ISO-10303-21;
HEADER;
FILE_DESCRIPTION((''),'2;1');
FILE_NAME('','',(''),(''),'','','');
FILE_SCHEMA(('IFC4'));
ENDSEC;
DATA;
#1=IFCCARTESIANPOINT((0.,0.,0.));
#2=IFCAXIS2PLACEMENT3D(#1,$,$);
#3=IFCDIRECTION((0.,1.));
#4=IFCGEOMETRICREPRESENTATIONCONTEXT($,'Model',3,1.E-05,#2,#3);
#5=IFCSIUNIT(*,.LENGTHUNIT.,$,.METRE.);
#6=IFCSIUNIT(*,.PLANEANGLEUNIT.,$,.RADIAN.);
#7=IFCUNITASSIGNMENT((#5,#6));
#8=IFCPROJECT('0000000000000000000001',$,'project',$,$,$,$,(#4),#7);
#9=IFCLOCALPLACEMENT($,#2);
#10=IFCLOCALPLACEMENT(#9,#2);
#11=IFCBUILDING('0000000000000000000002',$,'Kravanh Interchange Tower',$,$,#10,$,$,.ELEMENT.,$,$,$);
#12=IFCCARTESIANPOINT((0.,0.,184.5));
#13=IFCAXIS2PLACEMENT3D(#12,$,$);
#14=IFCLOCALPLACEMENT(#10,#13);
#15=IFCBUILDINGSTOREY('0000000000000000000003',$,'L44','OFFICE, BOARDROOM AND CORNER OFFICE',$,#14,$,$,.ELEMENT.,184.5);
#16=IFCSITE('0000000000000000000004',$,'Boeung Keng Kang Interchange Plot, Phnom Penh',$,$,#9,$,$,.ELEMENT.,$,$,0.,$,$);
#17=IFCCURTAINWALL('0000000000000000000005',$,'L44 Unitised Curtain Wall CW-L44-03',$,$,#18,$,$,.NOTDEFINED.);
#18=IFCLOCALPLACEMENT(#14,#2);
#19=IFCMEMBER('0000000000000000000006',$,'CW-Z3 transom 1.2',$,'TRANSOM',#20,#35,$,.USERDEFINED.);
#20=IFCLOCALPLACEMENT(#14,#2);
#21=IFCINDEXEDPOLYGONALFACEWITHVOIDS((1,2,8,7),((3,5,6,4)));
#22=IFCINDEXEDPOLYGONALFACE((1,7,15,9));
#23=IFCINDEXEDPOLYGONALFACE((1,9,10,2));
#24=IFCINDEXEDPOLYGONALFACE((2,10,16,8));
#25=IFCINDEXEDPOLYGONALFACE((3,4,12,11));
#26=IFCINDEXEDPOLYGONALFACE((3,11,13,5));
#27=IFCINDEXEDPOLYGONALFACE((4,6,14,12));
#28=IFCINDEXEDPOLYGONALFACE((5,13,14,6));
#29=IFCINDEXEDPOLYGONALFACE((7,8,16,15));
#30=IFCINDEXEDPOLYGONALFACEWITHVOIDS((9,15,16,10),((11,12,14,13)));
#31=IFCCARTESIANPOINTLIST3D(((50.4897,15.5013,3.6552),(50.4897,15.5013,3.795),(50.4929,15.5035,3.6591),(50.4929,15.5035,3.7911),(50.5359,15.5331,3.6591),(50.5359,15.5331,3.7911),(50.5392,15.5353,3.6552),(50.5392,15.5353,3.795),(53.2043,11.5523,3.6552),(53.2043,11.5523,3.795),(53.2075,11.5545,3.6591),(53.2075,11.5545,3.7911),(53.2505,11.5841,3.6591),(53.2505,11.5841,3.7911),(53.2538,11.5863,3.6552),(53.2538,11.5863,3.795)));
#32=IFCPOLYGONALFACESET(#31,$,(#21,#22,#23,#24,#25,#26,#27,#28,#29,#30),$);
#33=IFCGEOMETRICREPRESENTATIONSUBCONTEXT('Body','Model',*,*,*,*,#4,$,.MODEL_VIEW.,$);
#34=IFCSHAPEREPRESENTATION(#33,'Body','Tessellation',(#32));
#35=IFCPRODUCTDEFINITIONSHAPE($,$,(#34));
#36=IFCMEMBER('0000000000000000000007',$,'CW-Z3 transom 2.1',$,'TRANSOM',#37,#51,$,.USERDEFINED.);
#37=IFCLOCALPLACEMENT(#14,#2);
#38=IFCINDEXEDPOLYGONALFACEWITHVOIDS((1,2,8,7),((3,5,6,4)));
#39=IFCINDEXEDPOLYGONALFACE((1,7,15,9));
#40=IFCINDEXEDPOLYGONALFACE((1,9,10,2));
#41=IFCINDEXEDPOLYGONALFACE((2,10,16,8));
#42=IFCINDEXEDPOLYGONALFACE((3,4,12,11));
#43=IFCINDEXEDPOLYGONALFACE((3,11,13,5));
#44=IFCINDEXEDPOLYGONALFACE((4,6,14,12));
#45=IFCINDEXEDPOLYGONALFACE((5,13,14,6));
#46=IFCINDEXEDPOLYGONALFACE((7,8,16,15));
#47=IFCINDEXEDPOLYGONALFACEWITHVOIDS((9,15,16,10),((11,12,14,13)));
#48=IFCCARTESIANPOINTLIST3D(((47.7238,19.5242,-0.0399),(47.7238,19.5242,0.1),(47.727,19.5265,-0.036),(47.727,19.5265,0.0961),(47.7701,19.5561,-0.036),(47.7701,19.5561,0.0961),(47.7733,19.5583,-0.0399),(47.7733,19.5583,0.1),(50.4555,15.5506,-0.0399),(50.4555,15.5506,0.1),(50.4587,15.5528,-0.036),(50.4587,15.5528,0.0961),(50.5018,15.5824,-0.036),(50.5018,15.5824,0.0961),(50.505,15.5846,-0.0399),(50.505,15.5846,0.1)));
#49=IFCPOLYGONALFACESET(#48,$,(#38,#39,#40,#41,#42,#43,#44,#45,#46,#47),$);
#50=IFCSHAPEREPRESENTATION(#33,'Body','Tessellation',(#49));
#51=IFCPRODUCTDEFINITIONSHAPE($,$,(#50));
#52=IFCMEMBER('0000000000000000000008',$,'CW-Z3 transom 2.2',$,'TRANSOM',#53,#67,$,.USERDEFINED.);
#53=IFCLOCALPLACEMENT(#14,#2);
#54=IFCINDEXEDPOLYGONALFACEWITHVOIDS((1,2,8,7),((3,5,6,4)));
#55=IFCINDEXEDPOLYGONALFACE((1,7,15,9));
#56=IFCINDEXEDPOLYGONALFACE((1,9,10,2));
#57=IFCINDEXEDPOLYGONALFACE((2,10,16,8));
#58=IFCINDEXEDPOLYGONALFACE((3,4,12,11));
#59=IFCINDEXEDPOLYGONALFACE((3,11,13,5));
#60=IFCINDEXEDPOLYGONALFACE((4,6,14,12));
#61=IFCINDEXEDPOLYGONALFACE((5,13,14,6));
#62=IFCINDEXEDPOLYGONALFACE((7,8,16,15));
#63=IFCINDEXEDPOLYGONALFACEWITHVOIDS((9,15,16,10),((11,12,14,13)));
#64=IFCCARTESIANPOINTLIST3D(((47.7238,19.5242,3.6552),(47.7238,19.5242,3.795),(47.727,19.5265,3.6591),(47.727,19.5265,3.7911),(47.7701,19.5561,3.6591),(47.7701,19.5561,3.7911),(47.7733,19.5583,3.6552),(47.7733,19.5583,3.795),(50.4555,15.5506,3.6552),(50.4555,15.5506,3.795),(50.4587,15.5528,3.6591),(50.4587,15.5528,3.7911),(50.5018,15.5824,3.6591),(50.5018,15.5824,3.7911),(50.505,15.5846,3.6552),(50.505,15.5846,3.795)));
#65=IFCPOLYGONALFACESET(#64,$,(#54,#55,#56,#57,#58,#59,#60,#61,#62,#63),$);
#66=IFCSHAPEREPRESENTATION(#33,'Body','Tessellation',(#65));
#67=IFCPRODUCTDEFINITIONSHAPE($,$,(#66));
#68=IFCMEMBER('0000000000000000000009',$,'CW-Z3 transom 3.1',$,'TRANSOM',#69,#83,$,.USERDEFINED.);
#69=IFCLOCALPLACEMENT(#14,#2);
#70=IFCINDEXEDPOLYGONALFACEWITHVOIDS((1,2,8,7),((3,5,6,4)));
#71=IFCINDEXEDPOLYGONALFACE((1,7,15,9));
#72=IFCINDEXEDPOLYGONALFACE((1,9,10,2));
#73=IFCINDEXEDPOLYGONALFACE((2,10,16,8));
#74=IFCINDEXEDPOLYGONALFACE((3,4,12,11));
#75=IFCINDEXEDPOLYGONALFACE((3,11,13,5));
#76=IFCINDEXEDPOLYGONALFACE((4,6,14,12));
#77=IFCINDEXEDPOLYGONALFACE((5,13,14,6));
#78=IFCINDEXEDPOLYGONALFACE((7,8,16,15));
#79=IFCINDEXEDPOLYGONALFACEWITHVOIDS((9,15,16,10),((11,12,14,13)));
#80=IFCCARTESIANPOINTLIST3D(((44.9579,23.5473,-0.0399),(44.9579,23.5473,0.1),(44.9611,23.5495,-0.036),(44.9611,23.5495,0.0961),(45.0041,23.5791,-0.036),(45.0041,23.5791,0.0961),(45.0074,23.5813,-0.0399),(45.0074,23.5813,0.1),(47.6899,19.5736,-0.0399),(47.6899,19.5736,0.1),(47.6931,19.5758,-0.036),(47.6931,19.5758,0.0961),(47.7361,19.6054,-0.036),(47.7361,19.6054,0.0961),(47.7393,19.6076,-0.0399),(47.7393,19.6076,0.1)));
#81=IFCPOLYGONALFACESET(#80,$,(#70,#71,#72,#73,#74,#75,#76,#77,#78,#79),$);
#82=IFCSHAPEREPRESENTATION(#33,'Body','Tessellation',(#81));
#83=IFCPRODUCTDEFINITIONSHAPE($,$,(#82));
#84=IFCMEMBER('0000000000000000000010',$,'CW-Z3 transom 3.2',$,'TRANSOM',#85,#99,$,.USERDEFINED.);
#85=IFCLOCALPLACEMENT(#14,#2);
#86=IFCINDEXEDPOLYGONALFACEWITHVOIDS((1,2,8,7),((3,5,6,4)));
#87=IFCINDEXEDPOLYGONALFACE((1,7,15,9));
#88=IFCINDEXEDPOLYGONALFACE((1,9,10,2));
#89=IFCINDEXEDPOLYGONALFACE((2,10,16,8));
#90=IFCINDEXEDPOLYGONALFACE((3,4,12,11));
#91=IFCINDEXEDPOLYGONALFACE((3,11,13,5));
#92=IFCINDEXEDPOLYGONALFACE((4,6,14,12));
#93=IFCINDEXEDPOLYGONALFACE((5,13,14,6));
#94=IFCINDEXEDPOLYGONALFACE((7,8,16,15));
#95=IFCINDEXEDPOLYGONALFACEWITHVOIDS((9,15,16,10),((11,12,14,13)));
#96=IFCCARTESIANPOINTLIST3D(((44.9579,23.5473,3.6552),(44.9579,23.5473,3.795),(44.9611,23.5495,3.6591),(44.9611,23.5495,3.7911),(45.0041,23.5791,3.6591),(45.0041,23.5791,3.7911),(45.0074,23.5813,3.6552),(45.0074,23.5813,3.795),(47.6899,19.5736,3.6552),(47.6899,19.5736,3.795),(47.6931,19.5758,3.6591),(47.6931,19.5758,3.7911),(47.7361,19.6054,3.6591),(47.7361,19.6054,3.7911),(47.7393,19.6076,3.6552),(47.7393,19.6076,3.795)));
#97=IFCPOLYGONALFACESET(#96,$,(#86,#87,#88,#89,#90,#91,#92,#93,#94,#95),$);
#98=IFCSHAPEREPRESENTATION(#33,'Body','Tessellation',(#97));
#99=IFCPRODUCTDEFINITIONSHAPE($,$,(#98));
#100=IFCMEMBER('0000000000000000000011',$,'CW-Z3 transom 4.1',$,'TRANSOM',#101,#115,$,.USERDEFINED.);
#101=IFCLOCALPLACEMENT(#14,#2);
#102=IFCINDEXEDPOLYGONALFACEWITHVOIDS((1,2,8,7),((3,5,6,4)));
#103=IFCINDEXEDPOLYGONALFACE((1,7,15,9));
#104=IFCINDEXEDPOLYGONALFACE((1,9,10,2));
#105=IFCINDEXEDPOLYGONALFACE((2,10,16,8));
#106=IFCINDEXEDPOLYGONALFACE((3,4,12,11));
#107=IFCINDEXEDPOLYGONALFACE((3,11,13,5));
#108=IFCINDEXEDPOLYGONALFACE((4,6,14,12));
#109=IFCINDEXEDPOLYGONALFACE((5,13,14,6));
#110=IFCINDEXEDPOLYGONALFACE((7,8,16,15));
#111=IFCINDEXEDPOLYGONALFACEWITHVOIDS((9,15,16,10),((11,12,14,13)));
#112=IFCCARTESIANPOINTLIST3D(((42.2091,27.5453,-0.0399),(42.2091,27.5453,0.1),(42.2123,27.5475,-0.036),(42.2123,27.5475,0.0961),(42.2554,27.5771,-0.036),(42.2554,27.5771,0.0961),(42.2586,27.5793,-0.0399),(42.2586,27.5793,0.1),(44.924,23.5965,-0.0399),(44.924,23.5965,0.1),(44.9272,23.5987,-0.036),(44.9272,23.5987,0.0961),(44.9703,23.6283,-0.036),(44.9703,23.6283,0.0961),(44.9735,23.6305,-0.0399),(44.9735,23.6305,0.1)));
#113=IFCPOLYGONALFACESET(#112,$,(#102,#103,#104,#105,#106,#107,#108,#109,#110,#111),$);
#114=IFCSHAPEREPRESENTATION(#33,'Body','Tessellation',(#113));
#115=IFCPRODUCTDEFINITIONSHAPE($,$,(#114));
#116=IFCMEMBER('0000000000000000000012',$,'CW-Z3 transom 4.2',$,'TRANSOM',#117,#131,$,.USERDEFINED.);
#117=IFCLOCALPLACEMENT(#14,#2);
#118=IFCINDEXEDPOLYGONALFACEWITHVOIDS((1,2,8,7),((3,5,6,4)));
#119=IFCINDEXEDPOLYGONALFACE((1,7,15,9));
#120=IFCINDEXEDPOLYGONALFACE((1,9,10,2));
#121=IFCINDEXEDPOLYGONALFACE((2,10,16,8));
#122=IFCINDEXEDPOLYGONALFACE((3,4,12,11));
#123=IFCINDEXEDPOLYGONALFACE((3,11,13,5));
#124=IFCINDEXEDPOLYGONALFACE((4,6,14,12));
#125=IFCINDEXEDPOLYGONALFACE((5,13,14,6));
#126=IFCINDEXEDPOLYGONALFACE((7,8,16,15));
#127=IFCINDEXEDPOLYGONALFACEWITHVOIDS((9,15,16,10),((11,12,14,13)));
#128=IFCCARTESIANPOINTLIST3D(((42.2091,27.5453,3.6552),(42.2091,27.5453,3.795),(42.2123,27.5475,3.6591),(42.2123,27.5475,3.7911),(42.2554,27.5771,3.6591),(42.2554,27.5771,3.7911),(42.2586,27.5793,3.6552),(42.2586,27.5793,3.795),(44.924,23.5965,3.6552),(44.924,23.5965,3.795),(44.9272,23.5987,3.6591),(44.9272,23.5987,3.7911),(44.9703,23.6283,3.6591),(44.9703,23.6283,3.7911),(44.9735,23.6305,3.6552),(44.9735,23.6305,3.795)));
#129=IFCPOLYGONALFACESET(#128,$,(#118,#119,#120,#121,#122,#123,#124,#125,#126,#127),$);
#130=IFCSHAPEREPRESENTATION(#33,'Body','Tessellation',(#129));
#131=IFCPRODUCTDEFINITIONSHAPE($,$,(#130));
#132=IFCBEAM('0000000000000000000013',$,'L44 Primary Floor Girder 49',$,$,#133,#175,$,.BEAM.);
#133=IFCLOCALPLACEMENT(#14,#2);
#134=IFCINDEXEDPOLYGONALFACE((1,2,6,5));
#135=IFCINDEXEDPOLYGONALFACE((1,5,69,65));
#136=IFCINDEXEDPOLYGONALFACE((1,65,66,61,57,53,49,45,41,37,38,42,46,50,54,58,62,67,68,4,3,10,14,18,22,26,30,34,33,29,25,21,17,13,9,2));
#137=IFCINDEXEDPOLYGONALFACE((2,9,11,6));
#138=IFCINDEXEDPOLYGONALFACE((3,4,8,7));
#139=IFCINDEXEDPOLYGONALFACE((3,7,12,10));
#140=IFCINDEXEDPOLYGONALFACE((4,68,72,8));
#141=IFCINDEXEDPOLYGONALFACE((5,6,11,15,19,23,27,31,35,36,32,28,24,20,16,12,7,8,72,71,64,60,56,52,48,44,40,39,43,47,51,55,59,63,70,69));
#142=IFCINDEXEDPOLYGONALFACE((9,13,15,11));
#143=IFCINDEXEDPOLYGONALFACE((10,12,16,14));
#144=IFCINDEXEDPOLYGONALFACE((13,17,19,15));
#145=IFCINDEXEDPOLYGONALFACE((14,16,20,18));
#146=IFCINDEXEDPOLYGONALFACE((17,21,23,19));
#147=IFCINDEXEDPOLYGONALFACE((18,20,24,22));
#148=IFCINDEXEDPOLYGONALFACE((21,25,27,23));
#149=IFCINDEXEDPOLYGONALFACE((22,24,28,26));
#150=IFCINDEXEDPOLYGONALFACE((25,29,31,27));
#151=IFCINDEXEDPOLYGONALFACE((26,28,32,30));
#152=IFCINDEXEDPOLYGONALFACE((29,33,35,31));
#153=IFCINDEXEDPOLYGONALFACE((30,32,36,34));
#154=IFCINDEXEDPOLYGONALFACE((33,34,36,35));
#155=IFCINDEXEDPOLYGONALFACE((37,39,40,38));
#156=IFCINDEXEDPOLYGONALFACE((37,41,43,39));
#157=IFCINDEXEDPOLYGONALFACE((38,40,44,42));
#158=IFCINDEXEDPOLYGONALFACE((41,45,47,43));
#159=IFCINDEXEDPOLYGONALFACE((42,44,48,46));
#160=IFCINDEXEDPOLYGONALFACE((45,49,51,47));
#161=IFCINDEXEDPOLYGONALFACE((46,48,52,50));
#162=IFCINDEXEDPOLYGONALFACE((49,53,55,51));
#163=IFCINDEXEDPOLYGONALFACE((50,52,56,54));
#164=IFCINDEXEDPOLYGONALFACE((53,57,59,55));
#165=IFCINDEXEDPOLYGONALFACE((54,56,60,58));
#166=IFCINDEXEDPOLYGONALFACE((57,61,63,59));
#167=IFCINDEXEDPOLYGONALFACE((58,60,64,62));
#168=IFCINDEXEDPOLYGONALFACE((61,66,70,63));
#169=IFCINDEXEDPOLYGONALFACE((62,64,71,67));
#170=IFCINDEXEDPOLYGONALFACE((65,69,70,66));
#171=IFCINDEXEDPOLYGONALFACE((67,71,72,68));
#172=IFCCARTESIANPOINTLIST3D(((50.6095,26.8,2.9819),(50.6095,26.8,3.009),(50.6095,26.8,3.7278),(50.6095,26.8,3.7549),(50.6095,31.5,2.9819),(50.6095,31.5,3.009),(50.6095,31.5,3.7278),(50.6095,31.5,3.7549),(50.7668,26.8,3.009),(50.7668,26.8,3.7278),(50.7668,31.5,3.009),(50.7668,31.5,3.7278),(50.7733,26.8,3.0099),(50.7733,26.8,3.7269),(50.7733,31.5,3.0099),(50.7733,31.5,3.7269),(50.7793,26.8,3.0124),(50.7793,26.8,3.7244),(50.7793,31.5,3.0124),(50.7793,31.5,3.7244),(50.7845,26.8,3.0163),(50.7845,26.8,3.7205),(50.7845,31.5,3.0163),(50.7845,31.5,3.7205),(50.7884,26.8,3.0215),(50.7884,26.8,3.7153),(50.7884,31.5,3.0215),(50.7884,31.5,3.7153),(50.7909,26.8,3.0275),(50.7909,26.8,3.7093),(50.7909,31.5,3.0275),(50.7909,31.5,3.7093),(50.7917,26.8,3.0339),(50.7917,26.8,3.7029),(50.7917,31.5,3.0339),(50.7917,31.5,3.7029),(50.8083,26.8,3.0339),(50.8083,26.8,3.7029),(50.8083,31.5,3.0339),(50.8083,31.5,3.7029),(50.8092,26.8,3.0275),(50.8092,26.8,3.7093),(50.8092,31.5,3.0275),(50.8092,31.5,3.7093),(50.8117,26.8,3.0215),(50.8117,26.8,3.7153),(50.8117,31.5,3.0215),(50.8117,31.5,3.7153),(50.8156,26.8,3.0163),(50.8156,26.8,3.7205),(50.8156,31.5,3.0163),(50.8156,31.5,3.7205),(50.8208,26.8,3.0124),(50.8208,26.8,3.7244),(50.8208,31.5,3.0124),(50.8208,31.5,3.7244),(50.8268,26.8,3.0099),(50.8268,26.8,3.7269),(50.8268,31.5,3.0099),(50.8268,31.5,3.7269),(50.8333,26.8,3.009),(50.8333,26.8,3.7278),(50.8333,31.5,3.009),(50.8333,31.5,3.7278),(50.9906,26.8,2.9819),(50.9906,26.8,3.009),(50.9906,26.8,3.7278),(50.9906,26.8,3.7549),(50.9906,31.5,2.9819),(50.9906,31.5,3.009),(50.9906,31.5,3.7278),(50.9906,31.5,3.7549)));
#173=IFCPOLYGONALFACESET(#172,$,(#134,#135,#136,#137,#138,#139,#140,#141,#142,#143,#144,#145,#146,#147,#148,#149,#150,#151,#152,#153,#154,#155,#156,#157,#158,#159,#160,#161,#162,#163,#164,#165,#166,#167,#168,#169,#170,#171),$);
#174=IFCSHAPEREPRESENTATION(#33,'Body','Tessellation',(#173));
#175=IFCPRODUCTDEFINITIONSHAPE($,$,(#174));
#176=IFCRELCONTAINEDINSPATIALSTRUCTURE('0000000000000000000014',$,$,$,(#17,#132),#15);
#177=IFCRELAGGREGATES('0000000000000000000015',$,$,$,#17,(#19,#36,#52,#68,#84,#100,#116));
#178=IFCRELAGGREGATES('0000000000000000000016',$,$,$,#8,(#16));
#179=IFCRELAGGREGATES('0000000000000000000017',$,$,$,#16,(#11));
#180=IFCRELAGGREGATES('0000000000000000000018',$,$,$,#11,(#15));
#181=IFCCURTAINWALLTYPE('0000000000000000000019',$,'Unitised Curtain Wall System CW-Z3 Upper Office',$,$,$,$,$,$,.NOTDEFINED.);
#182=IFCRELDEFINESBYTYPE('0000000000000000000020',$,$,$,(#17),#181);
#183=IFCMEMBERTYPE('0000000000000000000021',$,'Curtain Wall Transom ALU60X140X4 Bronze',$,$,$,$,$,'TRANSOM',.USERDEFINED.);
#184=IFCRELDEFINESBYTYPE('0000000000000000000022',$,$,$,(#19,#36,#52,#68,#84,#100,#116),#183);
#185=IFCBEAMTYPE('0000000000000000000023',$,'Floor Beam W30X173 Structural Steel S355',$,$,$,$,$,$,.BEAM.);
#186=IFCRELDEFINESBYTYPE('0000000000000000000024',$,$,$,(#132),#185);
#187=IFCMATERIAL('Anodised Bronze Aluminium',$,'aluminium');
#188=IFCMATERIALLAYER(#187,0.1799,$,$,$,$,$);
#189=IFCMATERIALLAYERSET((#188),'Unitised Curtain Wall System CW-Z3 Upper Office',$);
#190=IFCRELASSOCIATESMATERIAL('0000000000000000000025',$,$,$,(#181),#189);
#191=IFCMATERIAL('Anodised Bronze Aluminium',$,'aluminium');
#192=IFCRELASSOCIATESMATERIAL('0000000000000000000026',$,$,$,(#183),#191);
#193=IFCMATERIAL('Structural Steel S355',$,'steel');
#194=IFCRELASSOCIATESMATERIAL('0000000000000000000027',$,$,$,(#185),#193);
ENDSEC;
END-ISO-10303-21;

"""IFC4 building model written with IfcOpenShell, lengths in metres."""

from ifc_helpers import new_model, si_unit, direction, frame, origin, origin_2d, place, context, subcontext, project, spatial, hollow_rectangle, i_section, extrude, material, layer, layer_set, material_profile, profile_set, type_object, element, aggregate, save


model = new_model("IFC4")

# Units and contexts
model_context = context("Model", 3, precision=1e-05, world=origin(), true_north=direction((0.0, 1.0)))
body_context = subcontext(model_context, "Body", "Model", "MODEL_VIEW")
ifc_project = project(units=[si_unit("LENGTHUNIT", "METRE"), si_unit("PLANEANGLEUNIT", "RADIAN")], contexts=[model_context])

# Site, building, storey
site_placement = place(None, origin())
site = spatial("IfcSite", under=ifc_project, at=site_placement, Name="Boeung Keng Kang Interchange Plot, Phnom Penh", CompositionType="ELEMENT", RefElevation=0.0)
building_placement = place(site_placement, origin())
building = spatial("IfcBuilding", under=site, at=building_placement, Name="Kravanh Interchange Tower", CompositionType="ELEMENT")
storey_placement = place(building_placement, frame((0.0, 0.0, 184.5)))
storey = spatial("IfcBuildingStorey", under=building, at=storey_placement, Name="L44", Description="OFFICE, BOARDROOM AND CORNER OFFICE", CompositionType="ELEMENT", Elevation=184.5)

# Shared definitions
ifc_material_1 = material(Name="Anodised Bronze Aluminium", Category="aluminium")
ifc_layer_1 = layer(ifc_material_1, 0.1799)
ifc_layer_set_1 = layer_set([ifc_layer_1], Name="Unitised Curtain Wall System CW-Z3 Upper Office")
curtain_wall_type = type_object("IfcCurtainWallType", Name="Unitised Curtain Wall System CW-Z3 Upper Office", PredefinedType="NOTDEFINED", material=ifc_layer_set_1)

# Curtain wall
curtain_wall_1_placement = place(storey_placement, origin())
curtain_wall_1 = element("IfcCurtainWall", 1, at=curtain_wall_1_placement, inside=storey, type_object=curtain_wall_type, Name="L44 Unitised Curtain Wall CW-L44-03", PredefinedType="NOTDEFINED")

# Members
ifc_material_2 = material(Name="Anodised Bronze Aluminium", Category="aluminium")
ifc_material_profile_1 = material_profile(ifc_material_2, hollow_rectangle(XDim=0.0601, YDim=0.1399, WallThickness=0.0039, at=origin_2d()), Name="ALU60X140X4")
ifc_profile_set_1 = profile_set([ifc_material_profile_1], Name="Anodised Bronze Aluminium")
member_type_1 = type_object("IfcMemberType", Name="Curtain Wall Transom ALU60X140X4 Bronze", ElementType="TRANSOM", PredefinedType="USERDEFINED", material=ifc_profile_set_1)
member_1_placement = place(storey_placement, frame((53.229, 11.5693, 3.7251), z_axis=(-0.566483, 0.824073, 0.0), x_axis=(-0.824073, -0.566483, 0.0)))
member_1 = element("IfcMember", 2, at=member_1_placement, type_object=member_type_1, Name="CW-Z3 transom 1.2", ObjectType="TRANSOM", PredefinedType="USERDEFINED", context=body_context, shape_type="SweptSolid", body=[
    extrude(hollow_rectangle(XDim=0.0601, YDim=0.1399, WallThickness=0.0039, at=origin_2d()), origin(), (0.0, 0.0, 1.0), 4.792),
])
member_2_placement = place(storey_placement, frame((50.4802, 15.5676, 0.03), z_axis=(-0.566503, 0.82406, 0.0), x_axis=(-0.82406, -0.566503, 0.0)))
member_2 = element("IfcMember", 3, at=member_2_placement, type_object=member_type_1, Name="CW-Z3 transom 2.1", ObjectType="TRANSOM", PredefinedType="USERDEFINED", context=body_context, shape_type="SweptSolid", body=[
    extrude(hollow_rectangle(XDim=0.0601, YDim=0.1399, WallThickness=0.0039, at=origin_2d()), origin(), (0.0, 0.0, 1.0), 4.822),
])
member_3_placement = place(storey_placement, frame((50.4802, 15.5676, 3.7251), z_axis=(-0.566503, 0.82406, 0.0), x_axis=(-0.82406, -0.566503, 0.0)))
member_3 = element("IfcMember", 4, at=member_3_placement, type_object=member_type_1, Name="CW-Z3 transom 2.2", ObjectType="TRANSOM", PredefinedType="USERDEFINED", context=body_context, shape_type="SweptSolid", body=[
    extrude(hollow_rectangle(XDim=0.0601, YDim=0.1399, WallThickness=0.0039, at=origin_2d()), origin(), (0.0, 0.0, 1.0), 4.822),
])
member_4_placement = place(storey_placement, frame((47.7146, 19.5906, 0.03), z_axis=(-0.566537, 0.824036, 0.0), x_axis=(-0.824036, -0.566537, 0.0)))
member_4 = element("IfcMember", 5, at=member_4_placement, type_object=member_type_1, Name="CW-Z3 transom 3.1", ObjectType="TRANSOM", PredefinedType="USERDEFINED", context=body_context, shape_type="SweptSolid", body=[
    extrude(hollow_rectangle(XDim=0.0601, YDim=0.1399, WallThickness=0.0039, at=origin_2d()), origin(), (0.0, 0.0, 1.0), 4.8223),
])
member_5_placement = place(storey_placement, frame((47.7146, 19.5906, 3.7251), z_axis=(-0.566537, 0.824036, 0.0), x_axis=(-0.824036, -0.566537, 0.0)))
member_5 = element("IfcMember", 6, at=member_5_placement, type_object=member_type_1, Name="CW-Z3 transom 3.2", ObjectType="TRANSOM", PredefinedType="USERDEFINED", context=body_context, shape_type="SweptSolid", body=[
    extrude(hollow_rectangle(XDim=0.0601, YDim=0.1399, WallThickness=0.0039, at=origin_2d()), origin(), (0.0, 0.0, 1.0), 4.8223),
])
member_6_placement = place(storey_placement, frame((44.9487, 23.6135, 0.03), z_axis=(-0.566542, 0.824033, 0.0), x_axis=(-0.824033, -0.566542, 0.0)))
member_6 = element("IfcMember", 7, at=member_6_placement, type_object=member_type_1, Name="CW-Z3 transom 4.1", ObjectType="TRANSOM", PredefinedType="USERDEFINED", context=body_context, shape_type="SweptSolid", body=[
    extrude(hollow_rectangle(XDim=0.0601, YDim=0.1399, WallThickness=0.0039, at=origin_2d()), origin(), (0.0, 0.0, 1.0), 4.792),
])
member_7_placement = place(storey_placement, frame((44.9487, 23.6135, 3.7251), z_axis=(-0.566542, 0.824033, 0.0), x_axis=(-0.824033, -0.566542, 0.0)))
member_7 = element("IfcMember", 8, at=member_7_placement, type_object=member_type_1, Name="CW-Z3 transom 4.2", ObjectType="TRANSOM", PredefinedType="USERDEFINED", context=body_context, shape_type="SweptSolid", body=[
    extrude(hollow_rectangle(XDim=0.0601, YDim=0.1399, WallThickness=0.0039, at=origin_2d()), origin(), (0.0, 0.0, 1.0), 4.792),
])

# Beam
ifc_material_3 = material(Name="Structural Steel S355", Category="steel")
ifc_material_profile_2 = material_profile(ifc_material_3, i_section(OverallWidth=0.3811, OverallDepth=0.7729, WebThickness=0.0166, FlangeThickness=0.0271, FilletRadius=0.0249, at=origin_2d()), Name="W30X173")
ifc_profile_set_2 = profile_set([ifc_material_profile_2], Name="Structural Steel S355")
beam_type_1 = type_object("IfcBeamType", Name="Floor Beam W30X173 Structural Steel S355", PredefinedType="BEAM", material=ifc_profile_set_2)
beam_1_placement = place(storey_placement, frame((50.8, 26.8, 3.3684), z_axis=(0.0, 1.0, 0.0), x_axis=(-1.0, 0.0, 0.0)))
element("IfcBeam", 9, at=beam_1_placement, inside=storey, type_object=beam_type_1, Name="L44 Primary Floor Girder 49", PredefinedType="BEAM", context=body_context, shape_type="SweptSolid", body=[
    extrude(i_section(OverallWidth=0.3811, OverallDepth=0.7729, WebThickness=0.0166, FlangeThickness=0.0271, FilletRadius=0.0249, at=origin_2d()), origin(), (0.0, 0.0, 1.0), 4.7),
])

aggregate(curtain_wall_1, [member_1, member_2, member_3, member_4, member_5, member_6, member_7])

save(model, "model.ifc")
